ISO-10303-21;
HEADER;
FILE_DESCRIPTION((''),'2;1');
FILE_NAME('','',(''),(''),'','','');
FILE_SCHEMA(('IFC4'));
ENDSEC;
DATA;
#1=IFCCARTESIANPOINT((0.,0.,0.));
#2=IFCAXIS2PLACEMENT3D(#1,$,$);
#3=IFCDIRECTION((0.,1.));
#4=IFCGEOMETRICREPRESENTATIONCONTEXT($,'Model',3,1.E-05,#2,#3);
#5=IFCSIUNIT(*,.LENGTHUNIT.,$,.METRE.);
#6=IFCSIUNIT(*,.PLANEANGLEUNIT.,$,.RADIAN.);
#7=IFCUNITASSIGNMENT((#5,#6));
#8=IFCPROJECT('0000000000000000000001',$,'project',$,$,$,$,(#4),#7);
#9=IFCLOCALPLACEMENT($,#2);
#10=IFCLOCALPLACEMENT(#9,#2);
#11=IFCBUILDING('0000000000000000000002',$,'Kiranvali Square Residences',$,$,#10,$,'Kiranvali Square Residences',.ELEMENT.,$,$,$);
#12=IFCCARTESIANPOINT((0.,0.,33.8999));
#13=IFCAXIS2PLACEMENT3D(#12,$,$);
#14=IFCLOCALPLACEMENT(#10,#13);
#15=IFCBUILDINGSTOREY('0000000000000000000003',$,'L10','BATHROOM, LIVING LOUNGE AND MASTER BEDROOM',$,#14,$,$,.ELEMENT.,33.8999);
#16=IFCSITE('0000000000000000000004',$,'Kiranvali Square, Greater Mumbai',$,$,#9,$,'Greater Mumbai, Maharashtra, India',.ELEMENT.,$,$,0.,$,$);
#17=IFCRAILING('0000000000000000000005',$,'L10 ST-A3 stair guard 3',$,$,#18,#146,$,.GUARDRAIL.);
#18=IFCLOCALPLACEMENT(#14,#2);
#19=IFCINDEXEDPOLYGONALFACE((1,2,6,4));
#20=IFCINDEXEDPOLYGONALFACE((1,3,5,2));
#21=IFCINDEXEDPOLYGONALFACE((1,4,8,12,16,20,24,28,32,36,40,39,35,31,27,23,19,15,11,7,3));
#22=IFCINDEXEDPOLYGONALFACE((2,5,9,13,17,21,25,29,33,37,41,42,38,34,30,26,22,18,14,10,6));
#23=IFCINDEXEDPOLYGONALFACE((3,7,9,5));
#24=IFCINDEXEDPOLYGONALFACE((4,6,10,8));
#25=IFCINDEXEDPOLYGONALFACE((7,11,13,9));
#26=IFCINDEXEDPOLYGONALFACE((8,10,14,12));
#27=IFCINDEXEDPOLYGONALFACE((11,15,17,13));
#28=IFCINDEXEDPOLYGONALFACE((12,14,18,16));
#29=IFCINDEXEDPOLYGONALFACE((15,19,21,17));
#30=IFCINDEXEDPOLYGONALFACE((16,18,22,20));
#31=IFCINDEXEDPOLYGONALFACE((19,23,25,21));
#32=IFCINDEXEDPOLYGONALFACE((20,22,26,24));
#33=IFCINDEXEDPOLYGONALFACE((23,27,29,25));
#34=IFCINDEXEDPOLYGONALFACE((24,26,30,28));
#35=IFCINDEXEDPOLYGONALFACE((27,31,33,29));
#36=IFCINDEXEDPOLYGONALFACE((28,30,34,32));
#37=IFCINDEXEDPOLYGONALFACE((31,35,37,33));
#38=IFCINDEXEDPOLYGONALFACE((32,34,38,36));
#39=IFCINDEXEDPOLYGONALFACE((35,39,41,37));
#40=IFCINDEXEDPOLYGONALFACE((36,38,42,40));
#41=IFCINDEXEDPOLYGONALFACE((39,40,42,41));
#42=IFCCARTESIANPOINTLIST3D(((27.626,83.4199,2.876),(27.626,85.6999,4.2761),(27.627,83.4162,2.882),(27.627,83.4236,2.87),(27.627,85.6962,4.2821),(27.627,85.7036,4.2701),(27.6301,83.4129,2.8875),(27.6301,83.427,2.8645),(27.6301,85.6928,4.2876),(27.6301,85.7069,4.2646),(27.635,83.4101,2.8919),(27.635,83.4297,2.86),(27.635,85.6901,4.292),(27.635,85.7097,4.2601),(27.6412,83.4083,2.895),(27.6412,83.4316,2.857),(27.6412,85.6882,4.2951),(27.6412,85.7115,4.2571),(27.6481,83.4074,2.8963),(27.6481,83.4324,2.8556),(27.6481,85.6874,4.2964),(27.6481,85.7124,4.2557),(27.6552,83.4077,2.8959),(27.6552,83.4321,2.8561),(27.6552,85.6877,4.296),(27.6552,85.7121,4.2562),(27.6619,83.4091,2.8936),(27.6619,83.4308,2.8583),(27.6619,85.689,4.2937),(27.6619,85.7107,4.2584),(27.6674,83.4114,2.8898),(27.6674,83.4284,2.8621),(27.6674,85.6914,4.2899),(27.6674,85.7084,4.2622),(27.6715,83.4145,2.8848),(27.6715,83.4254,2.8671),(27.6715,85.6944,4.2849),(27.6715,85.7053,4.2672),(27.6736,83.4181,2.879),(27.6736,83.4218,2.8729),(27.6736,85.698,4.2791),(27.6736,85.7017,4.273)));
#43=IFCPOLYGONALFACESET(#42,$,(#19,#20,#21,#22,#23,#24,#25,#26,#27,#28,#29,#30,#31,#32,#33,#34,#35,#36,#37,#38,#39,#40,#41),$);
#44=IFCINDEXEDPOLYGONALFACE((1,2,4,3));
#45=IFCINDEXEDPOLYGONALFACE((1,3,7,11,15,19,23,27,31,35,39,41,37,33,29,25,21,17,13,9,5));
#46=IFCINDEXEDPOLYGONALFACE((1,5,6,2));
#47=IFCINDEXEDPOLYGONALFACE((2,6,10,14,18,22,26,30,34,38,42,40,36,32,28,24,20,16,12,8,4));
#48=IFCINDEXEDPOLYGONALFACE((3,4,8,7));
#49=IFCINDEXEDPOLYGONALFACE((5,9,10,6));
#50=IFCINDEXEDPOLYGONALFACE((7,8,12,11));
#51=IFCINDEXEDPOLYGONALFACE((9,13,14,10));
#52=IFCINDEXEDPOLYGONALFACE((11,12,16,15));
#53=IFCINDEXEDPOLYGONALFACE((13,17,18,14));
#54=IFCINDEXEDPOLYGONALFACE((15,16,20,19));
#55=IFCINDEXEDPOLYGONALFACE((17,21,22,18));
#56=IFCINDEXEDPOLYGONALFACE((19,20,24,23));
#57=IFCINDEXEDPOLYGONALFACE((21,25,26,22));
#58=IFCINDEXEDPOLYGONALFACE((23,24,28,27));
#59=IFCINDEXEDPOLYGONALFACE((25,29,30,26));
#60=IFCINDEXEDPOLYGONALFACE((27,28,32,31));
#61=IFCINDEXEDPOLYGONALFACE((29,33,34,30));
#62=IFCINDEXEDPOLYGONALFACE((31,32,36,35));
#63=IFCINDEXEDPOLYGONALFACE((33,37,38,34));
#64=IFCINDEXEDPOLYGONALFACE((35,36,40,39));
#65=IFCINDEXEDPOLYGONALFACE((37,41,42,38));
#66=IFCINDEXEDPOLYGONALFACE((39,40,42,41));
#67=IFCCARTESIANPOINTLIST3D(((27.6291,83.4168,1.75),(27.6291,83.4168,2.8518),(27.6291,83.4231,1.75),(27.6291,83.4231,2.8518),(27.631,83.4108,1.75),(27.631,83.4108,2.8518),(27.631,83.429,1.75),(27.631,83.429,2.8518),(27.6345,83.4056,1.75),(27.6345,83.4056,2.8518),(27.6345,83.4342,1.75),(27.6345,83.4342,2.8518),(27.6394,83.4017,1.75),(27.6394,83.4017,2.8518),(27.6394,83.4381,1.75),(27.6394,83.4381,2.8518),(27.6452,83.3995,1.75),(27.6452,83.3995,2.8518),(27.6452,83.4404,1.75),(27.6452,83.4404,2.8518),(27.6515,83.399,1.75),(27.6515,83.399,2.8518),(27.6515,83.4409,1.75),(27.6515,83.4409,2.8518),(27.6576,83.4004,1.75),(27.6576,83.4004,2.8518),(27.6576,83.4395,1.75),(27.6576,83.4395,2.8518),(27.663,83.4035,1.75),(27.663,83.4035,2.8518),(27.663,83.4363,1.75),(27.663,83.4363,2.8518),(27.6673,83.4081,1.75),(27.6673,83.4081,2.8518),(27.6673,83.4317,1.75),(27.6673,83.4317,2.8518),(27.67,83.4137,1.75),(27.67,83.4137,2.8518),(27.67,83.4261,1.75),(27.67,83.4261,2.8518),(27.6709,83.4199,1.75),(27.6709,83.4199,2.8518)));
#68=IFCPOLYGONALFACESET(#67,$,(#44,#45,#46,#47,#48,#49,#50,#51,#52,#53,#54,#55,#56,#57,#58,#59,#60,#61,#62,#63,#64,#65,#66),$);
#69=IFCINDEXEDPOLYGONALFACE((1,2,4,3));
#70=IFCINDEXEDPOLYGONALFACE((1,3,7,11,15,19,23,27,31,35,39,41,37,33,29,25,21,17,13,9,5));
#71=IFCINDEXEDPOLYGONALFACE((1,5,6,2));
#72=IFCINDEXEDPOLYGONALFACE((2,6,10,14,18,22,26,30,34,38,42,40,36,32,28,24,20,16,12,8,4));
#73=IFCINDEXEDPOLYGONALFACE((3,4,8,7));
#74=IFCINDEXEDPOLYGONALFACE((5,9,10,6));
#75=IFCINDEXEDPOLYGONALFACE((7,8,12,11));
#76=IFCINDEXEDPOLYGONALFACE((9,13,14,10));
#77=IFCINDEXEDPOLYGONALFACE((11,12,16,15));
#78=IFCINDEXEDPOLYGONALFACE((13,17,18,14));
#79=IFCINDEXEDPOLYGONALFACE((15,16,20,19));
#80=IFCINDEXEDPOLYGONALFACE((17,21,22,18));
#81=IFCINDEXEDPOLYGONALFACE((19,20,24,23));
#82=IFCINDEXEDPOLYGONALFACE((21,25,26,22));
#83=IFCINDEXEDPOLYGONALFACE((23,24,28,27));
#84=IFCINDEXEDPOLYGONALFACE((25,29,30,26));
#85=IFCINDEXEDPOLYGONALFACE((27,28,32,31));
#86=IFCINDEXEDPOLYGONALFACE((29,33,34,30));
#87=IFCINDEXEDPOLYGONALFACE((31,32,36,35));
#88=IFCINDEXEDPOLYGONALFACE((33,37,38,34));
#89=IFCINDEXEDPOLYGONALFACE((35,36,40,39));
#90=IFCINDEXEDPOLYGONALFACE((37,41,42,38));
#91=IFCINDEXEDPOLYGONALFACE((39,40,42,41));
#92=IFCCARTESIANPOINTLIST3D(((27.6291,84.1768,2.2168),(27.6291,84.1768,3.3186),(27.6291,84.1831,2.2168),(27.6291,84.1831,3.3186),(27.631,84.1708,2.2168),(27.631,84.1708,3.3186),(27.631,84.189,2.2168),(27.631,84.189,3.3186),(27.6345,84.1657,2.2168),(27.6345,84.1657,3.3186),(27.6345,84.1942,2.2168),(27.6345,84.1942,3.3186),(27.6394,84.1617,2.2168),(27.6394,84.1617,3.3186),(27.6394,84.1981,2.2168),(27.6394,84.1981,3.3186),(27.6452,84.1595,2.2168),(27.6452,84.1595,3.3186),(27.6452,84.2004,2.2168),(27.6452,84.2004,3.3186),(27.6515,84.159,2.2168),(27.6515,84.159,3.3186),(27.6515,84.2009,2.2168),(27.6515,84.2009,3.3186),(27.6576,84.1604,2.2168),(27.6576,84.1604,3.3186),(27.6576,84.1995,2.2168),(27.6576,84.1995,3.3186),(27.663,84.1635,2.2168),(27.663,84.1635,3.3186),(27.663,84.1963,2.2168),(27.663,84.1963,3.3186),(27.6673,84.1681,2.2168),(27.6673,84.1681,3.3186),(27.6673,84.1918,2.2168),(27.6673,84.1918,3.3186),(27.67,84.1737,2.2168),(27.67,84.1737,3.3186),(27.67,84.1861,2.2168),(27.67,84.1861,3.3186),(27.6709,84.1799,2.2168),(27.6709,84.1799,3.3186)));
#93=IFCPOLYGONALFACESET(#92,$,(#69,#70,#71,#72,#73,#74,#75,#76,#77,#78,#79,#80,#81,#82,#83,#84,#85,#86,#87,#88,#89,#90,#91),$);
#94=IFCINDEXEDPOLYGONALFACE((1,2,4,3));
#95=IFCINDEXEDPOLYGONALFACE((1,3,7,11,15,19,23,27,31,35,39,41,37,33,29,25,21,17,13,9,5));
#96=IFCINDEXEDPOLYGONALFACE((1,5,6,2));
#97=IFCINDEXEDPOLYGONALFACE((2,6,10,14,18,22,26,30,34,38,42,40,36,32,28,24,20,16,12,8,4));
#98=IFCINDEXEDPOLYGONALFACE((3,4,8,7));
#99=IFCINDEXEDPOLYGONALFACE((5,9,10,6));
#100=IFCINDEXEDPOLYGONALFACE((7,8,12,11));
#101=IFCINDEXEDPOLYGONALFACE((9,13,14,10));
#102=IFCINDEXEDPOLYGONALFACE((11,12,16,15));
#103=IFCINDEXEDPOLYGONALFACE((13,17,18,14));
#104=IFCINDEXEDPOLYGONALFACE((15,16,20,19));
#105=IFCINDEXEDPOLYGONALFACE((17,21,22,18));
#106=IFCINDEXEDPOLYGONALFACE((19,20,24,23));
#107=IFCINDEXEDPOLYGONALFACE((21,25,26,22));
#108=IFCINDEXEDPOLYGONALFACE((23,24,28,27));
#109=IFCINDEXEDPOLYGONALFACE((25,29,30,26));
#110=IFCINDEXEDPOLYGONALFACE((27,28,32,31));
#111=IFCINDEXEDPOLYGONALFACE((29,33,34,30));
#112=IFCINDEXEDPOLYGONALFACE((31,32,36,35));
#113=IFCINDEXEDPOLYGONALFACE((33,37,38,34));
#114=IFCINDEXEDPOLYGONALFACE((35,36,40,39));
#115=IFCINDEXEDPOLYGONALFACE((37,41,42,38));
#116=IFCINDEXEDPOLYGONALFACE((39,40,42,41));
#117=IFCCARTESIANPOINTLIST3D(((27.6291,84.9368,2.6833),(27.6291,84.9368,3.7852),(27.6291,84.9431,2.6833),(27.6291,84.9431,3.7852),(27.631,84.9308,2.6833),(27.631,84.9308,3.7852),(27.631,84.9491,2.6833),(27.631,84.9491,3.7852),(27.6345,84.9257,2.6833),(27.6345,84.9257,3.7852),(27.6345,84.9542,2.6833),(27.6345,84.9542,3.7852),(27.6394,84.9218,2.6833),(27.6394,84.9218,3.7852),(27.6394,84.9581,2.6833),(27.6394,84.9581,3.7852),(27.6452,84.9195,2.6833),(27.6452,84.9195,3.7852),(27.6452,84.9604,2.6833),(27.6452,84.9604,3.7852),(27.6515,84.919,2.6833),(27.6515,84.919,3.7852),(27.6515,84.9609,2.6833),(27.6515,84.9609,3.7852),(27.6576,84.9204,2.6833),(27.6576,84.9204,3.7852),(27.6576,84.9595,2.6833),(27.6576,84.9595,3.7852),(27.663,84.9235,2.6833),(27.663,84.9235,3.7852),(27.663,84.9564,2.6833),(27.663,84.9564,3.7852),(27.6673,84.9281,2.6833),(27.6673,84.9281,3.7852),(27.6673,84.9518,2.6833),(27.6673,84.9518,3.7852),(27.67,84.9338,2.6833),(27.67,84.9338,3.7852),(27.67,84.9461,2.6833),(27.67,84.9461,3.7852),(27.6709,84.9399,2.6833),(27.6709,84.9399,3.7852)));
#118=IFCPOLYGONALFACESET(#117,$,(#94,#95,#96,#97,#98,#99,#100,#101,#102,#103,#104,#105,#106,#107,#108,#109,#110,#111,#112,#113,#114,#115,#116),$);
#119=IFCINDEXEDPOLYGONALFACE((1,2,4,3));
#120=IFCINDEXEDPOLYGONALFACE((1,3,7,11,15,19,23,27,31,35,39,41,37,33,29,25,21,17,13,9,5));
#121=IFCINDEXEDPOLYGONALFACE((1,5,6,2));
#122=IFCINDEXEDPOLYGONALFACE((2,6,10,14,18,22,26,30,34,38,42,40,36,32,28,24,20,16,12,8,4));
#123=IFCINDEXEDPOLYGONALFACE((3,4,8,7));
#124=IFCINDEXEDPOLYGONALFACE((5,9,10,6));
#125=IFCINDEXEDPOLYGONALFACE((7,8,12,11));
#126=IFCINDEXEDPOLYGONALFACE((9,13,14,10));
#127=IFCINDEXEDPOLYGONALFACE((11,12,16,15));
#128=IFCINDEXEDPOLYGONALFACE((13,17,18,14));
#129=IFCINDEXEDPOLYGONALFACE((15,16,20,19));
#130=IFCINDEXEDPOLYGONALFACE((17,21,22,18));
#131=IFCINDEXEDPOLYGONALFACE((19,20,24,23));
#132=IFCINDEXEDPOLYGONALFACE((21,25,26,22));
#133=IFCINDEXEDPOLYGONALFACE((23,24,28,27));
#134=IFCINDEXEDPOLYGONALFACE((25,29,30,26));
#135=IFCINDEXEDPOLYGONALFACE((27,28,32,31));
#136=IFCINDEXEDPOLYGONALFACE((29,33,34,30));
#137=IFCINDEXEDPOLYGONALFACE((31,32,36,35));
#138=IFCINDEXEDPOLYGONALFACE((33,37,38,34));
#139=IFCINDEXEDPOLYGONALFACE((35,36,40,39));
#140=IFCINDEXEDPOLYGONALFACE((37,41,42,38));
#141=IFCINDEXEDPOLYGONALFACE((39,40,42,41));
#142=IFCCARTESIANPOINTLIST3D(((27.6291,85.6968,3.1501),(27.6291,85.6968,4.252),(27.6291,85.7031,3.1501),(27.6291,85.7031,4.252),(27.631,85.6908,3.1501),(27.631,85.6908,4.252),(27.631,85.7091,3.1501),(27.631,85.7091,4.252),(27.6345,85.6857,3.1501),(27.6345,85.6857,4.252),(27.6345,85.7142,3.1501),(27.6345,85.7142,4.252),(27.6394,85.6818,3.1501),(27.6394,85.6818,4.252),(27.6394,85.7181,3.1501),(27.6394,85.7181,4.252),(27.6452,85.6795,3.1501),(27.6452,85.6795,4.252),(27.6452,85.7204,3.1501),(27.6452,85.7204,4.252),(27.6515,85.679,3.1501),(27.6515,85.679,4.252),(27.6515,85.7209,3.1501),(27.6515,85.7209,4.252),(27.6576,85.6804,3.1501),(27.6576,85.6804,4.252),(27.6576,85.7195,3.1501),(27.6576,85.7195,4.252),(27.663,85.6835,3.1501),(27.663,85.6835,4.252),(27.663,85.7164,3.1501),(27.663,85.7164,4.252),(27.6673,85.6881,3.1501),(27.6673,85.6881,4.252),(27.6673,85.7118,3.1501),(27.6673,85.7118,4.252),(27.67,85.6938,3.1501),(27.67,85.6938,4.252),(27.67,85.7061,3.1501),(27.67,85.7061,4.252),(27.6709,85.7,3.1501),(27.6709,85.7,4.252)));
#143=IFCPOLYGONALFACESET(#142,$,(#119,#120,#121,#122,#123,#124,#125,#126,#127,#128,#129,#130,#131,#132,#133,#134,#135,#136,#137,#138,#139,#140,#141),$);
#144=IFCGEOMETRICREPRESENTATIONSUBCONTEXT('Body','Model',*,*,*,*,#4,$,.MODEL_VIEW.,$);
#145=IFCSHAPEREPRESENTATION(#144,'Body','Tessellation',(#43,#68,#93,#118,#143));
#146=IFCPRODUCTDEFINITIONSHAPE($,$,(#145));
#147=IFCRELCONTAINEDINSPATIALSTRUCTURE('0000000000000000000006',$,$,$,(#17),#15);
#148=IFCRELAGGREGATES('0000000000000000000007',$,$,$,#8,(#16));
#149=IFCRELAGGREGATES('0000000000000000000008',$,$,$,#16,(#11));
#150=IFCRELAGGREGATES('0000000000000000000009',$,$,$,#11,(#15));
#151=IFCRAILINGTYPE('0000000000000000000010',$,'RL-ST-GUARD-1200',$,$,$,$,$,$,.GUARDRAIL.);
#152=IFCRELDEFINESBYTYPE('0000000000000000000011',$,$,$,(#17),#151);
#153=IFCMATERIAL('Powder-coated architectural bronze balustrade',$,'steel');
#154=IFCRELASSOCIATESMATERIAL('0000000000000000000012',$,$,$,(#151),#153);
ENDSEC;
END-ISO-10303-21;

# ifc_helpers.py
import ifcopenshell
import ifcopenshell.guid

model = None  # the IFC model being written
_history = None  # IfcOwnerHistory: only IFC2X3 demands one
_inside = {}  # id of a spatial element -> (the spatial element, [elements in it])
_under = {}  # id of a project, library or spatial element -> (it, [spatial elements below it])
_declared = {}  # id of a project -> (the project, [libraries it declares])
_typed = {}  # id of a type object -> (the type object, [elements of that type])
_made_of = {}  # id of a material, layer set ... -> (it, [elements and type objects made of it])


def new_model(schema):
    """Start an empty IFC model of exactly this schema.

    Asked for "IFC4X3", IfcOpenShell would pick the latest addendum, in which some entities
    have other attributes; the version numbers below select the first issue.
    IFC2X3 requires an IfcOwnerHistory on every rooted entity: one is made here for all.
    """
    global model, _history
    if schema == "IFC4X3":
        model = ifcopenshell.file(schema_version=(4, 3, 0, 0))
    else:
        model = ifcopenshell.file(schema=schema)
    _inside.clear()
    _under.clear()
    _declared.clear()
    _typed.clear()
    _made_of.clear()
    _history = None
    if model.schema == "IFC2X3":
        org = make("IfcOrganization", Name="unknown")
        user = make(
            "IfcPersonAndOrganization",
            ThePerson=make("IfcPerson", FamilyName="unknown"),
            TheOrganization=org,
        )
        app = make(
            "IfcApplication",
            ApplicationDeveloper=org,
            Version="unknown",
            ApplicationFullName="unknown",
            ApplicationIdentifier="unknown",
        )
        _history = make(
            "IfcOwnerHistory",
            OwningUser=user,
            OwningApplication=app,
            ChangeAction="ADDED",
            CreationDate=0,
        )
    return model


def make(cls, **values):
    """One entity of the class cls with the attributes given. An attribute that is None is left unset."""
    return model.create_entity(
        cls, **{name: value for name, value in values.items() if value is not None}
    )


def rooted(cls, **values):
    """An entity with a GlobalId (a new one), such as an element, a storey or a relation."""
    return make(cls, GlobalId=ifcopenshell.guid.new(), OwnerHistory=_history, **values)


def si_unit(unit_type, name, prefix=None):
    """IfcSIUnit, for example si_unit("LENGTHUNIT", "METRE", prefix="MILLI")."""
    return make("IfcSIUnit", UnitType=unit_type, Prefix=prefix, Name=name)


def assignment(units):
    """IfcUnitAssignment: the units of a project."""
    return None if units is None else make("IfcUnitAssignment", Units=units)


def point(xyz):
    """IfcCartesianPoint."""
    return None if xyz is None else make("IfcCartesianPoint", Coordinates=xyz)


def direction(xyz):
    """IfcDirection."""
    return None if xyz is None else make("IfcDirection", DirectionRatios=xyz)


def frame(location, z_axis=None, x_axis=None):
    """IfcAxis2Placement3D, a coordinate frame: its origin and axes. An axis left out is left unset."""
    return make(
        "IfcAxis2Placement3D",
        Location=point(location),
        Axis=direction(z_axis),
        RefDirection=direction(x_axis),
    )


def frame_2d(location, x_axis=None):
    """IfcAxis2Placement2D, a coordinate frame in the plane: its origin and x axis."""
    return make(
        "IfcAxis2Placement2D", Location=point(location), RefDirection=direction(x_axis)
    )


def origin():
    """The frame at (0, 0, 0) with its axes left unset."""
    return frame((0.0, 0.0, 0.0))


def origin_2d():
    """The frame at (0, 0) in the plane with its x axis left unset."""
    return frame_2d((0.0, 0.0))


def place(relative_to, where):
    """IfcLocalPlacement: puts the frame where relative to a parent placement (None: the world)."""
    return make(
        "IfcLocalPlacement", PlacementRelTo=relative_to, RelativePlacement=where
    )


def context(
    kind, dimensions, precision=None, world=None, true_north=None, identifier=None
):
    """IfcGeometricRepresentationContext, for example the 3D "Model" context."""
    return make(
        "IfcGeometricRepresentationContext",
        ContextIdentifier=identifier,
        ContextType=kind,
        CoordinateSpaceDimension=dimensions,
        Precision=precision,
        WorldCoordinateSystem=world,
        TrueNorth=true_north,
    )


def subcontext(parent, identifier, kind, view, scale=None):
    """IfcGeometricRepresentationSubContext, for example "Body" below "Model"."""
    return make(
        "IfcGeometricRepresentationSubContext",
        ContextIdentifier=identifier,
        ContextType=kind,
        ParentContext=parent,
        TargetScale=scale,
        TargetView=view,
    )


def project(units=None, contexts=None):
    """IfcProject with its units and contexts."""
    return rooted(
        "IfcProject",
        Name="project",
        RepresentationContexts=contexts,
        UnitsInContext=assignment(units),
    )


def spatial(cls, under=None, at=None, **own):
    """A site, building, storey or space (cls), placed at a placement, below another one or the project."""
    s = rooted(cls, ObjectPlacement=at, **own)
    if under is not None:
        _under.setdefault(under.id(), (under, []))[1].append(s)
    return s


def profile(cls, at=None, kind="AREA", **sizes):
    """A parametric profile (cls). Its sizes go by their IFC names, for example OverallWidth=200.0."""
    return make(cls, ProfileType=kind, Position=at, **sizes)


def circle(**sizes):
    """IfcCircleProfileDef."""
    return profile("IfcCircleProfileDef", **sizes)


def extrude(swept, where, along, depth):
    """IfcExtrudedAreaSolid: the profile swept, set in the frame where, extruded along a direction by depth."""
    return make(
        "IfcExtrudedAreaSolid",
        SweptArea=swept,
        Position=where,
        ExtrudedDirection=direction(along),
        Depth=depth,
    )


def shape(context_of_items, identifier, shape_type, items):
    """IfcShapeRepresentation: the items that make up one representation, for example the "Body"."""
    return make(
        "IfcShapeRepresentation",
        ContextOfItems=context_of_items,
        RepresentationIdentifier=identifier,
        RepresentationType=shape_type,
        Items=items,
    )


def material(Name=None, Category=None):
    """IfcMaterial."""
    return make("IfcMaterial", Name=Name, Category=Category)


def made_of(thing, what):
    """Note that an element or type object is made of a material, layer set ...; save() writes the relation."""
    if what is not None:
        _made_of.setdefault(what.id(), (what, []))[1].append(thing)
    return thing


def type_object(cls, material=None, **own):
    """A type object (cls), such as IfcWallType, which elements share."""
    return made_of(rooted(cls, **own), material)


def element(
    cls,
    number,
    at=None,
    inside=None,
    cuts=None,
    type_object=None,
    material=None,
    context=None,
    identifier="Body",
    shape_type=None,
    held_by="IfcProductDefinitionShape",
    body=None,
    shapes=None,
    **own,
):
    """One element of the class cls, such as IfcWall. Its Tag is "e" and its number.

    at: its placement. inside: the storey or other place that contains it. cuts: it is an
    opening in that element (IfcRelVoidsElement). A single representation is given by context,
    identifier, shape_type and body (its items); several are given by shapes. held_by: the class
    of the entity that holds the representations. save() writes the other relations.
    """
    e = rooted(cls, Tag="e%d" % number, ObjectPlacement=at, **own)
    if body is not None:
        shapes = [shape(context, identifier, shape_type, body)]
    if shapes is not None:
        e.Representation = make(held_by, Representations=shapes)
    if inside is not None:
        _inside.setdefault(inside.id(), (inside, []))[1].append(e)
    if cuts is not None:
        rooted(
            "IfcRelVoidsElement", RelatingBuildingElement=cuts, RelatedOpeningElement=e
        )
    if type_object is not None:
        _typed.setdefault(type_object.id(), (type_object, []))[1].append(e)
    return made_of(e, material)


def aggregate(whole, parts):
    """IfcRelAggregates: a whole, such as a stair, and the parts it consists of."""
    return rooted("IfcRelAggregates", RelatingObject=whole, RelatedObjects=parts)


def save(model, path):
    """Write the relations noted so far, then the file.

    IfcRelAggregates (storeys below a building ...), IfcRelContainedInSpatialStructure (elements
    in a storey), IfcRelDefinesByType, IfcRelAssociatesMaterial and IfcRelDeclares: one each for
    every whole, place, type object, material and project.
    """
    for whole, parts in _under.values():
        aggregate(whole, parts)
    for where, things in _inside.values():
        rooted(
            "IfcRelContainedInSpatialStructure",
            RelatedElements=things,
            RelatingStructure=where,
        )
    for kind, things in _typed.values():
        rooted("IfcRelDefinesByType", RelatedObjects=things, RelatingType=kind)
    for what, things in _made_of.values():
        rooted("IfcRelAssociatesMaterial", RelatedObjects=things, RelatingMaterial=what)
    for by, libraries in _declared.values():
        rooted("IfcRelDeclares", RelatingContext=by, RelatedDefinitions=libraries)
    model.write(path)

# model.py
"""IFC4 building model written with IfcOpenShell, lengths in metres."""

from ifc_helpers import new_model, si_unit, direction, frame, origin, origin_2d, place, context, subcontext, project, spatial, circle, extrude, material, type_object, element, save


model = new_model("IFC4")

# Units and contexts
model_context = context("Model", 3, precision=1e-05, world=origin(), true_north=direction((0.0, 1.0)))
body_context = subcontext(model_context, "Body", "Model", "MODEL_VIEW")
ifc_project = project(units=[si_unit("LENGTHUNIT", "METRE"), si_unit("PLANEANGLEUNIT", "RADIAN")], contexts=[model_context])

# Site, building, storey
site_placement = place(None, origin())
site = spatial("IfcSite", under=ifc_project, at=site_placement, Name="Kiranvali Square, Greater Mumbai", LongName="Greater Mumbai, Maharashtra, India", CompositionType="ELEMENT", RefElevation=0.0)
building_placement = place(site_placement, origin())
building = spatial("IfcBuilding", under=site, at=building_placement, Name="Kiranvali Square Residences", LongName="Kiranvali Square Residences", CompositionType="ELEMENT")
storey_placement = place(building_placement, frame((0.0, 0.0, 33.8999)))
storey = spatial("IfcBuildingStorey", under=building, at=storey_placement, Name="L10", Description="BATHROOM, LIVING LOUNGE AND MASTER BEDROOM", CompositionType="ELEMENT", Elevation=33.8999)

# Railing
ifc_material_1 = material(Name="Powder-coated architectural bronze balustrade", Category="steel")
railing_type = type_object("IfcRailingType", Name="RL-ST-GUARD-1200", PredefinedType="GUARDRAIL", material=ifc_material_1)
railing_1_placement = place(storey_placement, frame((27.6499, 83.4199, 1.75)))
element("IfcRailing", 1, at=railing_1_placement, inside=storey, type_object=railing_type, Name="L10 ST-A3 stair guard 3", PredefinedType="GUARDRAIL", context=body_context, shape_type="SweptSolid", body=[
    extrude(circle(Radius=0.0239, at=origin_2d()), frame((0.0, 0.0, 1.126), z_axis=(0.0, 0.85215, 0.523298), x_axis=(-1.0, 0.0, 0.0)), (0.0, 0.0, 1.0), 2.6755),
    extrude(circle(Radius=0.021, at=origin_2d()), origin(), (0.0, 0.0, 1.0), 1.1018),
    extrude(circle(Radius=0.021, at=origin_2d()), frame((0.0, 0.76, 0.4668)), (0.0, 0.0, 1.0), 1.1018),
    extrude(circle(Radius=0.021, at=origin_2d()), frame((0.0, 1.52, 0.9333)), (0.0, 0.0, 1.0), 1.1018),
    extrude(circle(Radius=0.021, at=origin_2d()), frame((0.0, 2.28, 1.4001)), (0.0, 0.0, 1.0), 1.1018),
])

save(model, "model.ifc")
